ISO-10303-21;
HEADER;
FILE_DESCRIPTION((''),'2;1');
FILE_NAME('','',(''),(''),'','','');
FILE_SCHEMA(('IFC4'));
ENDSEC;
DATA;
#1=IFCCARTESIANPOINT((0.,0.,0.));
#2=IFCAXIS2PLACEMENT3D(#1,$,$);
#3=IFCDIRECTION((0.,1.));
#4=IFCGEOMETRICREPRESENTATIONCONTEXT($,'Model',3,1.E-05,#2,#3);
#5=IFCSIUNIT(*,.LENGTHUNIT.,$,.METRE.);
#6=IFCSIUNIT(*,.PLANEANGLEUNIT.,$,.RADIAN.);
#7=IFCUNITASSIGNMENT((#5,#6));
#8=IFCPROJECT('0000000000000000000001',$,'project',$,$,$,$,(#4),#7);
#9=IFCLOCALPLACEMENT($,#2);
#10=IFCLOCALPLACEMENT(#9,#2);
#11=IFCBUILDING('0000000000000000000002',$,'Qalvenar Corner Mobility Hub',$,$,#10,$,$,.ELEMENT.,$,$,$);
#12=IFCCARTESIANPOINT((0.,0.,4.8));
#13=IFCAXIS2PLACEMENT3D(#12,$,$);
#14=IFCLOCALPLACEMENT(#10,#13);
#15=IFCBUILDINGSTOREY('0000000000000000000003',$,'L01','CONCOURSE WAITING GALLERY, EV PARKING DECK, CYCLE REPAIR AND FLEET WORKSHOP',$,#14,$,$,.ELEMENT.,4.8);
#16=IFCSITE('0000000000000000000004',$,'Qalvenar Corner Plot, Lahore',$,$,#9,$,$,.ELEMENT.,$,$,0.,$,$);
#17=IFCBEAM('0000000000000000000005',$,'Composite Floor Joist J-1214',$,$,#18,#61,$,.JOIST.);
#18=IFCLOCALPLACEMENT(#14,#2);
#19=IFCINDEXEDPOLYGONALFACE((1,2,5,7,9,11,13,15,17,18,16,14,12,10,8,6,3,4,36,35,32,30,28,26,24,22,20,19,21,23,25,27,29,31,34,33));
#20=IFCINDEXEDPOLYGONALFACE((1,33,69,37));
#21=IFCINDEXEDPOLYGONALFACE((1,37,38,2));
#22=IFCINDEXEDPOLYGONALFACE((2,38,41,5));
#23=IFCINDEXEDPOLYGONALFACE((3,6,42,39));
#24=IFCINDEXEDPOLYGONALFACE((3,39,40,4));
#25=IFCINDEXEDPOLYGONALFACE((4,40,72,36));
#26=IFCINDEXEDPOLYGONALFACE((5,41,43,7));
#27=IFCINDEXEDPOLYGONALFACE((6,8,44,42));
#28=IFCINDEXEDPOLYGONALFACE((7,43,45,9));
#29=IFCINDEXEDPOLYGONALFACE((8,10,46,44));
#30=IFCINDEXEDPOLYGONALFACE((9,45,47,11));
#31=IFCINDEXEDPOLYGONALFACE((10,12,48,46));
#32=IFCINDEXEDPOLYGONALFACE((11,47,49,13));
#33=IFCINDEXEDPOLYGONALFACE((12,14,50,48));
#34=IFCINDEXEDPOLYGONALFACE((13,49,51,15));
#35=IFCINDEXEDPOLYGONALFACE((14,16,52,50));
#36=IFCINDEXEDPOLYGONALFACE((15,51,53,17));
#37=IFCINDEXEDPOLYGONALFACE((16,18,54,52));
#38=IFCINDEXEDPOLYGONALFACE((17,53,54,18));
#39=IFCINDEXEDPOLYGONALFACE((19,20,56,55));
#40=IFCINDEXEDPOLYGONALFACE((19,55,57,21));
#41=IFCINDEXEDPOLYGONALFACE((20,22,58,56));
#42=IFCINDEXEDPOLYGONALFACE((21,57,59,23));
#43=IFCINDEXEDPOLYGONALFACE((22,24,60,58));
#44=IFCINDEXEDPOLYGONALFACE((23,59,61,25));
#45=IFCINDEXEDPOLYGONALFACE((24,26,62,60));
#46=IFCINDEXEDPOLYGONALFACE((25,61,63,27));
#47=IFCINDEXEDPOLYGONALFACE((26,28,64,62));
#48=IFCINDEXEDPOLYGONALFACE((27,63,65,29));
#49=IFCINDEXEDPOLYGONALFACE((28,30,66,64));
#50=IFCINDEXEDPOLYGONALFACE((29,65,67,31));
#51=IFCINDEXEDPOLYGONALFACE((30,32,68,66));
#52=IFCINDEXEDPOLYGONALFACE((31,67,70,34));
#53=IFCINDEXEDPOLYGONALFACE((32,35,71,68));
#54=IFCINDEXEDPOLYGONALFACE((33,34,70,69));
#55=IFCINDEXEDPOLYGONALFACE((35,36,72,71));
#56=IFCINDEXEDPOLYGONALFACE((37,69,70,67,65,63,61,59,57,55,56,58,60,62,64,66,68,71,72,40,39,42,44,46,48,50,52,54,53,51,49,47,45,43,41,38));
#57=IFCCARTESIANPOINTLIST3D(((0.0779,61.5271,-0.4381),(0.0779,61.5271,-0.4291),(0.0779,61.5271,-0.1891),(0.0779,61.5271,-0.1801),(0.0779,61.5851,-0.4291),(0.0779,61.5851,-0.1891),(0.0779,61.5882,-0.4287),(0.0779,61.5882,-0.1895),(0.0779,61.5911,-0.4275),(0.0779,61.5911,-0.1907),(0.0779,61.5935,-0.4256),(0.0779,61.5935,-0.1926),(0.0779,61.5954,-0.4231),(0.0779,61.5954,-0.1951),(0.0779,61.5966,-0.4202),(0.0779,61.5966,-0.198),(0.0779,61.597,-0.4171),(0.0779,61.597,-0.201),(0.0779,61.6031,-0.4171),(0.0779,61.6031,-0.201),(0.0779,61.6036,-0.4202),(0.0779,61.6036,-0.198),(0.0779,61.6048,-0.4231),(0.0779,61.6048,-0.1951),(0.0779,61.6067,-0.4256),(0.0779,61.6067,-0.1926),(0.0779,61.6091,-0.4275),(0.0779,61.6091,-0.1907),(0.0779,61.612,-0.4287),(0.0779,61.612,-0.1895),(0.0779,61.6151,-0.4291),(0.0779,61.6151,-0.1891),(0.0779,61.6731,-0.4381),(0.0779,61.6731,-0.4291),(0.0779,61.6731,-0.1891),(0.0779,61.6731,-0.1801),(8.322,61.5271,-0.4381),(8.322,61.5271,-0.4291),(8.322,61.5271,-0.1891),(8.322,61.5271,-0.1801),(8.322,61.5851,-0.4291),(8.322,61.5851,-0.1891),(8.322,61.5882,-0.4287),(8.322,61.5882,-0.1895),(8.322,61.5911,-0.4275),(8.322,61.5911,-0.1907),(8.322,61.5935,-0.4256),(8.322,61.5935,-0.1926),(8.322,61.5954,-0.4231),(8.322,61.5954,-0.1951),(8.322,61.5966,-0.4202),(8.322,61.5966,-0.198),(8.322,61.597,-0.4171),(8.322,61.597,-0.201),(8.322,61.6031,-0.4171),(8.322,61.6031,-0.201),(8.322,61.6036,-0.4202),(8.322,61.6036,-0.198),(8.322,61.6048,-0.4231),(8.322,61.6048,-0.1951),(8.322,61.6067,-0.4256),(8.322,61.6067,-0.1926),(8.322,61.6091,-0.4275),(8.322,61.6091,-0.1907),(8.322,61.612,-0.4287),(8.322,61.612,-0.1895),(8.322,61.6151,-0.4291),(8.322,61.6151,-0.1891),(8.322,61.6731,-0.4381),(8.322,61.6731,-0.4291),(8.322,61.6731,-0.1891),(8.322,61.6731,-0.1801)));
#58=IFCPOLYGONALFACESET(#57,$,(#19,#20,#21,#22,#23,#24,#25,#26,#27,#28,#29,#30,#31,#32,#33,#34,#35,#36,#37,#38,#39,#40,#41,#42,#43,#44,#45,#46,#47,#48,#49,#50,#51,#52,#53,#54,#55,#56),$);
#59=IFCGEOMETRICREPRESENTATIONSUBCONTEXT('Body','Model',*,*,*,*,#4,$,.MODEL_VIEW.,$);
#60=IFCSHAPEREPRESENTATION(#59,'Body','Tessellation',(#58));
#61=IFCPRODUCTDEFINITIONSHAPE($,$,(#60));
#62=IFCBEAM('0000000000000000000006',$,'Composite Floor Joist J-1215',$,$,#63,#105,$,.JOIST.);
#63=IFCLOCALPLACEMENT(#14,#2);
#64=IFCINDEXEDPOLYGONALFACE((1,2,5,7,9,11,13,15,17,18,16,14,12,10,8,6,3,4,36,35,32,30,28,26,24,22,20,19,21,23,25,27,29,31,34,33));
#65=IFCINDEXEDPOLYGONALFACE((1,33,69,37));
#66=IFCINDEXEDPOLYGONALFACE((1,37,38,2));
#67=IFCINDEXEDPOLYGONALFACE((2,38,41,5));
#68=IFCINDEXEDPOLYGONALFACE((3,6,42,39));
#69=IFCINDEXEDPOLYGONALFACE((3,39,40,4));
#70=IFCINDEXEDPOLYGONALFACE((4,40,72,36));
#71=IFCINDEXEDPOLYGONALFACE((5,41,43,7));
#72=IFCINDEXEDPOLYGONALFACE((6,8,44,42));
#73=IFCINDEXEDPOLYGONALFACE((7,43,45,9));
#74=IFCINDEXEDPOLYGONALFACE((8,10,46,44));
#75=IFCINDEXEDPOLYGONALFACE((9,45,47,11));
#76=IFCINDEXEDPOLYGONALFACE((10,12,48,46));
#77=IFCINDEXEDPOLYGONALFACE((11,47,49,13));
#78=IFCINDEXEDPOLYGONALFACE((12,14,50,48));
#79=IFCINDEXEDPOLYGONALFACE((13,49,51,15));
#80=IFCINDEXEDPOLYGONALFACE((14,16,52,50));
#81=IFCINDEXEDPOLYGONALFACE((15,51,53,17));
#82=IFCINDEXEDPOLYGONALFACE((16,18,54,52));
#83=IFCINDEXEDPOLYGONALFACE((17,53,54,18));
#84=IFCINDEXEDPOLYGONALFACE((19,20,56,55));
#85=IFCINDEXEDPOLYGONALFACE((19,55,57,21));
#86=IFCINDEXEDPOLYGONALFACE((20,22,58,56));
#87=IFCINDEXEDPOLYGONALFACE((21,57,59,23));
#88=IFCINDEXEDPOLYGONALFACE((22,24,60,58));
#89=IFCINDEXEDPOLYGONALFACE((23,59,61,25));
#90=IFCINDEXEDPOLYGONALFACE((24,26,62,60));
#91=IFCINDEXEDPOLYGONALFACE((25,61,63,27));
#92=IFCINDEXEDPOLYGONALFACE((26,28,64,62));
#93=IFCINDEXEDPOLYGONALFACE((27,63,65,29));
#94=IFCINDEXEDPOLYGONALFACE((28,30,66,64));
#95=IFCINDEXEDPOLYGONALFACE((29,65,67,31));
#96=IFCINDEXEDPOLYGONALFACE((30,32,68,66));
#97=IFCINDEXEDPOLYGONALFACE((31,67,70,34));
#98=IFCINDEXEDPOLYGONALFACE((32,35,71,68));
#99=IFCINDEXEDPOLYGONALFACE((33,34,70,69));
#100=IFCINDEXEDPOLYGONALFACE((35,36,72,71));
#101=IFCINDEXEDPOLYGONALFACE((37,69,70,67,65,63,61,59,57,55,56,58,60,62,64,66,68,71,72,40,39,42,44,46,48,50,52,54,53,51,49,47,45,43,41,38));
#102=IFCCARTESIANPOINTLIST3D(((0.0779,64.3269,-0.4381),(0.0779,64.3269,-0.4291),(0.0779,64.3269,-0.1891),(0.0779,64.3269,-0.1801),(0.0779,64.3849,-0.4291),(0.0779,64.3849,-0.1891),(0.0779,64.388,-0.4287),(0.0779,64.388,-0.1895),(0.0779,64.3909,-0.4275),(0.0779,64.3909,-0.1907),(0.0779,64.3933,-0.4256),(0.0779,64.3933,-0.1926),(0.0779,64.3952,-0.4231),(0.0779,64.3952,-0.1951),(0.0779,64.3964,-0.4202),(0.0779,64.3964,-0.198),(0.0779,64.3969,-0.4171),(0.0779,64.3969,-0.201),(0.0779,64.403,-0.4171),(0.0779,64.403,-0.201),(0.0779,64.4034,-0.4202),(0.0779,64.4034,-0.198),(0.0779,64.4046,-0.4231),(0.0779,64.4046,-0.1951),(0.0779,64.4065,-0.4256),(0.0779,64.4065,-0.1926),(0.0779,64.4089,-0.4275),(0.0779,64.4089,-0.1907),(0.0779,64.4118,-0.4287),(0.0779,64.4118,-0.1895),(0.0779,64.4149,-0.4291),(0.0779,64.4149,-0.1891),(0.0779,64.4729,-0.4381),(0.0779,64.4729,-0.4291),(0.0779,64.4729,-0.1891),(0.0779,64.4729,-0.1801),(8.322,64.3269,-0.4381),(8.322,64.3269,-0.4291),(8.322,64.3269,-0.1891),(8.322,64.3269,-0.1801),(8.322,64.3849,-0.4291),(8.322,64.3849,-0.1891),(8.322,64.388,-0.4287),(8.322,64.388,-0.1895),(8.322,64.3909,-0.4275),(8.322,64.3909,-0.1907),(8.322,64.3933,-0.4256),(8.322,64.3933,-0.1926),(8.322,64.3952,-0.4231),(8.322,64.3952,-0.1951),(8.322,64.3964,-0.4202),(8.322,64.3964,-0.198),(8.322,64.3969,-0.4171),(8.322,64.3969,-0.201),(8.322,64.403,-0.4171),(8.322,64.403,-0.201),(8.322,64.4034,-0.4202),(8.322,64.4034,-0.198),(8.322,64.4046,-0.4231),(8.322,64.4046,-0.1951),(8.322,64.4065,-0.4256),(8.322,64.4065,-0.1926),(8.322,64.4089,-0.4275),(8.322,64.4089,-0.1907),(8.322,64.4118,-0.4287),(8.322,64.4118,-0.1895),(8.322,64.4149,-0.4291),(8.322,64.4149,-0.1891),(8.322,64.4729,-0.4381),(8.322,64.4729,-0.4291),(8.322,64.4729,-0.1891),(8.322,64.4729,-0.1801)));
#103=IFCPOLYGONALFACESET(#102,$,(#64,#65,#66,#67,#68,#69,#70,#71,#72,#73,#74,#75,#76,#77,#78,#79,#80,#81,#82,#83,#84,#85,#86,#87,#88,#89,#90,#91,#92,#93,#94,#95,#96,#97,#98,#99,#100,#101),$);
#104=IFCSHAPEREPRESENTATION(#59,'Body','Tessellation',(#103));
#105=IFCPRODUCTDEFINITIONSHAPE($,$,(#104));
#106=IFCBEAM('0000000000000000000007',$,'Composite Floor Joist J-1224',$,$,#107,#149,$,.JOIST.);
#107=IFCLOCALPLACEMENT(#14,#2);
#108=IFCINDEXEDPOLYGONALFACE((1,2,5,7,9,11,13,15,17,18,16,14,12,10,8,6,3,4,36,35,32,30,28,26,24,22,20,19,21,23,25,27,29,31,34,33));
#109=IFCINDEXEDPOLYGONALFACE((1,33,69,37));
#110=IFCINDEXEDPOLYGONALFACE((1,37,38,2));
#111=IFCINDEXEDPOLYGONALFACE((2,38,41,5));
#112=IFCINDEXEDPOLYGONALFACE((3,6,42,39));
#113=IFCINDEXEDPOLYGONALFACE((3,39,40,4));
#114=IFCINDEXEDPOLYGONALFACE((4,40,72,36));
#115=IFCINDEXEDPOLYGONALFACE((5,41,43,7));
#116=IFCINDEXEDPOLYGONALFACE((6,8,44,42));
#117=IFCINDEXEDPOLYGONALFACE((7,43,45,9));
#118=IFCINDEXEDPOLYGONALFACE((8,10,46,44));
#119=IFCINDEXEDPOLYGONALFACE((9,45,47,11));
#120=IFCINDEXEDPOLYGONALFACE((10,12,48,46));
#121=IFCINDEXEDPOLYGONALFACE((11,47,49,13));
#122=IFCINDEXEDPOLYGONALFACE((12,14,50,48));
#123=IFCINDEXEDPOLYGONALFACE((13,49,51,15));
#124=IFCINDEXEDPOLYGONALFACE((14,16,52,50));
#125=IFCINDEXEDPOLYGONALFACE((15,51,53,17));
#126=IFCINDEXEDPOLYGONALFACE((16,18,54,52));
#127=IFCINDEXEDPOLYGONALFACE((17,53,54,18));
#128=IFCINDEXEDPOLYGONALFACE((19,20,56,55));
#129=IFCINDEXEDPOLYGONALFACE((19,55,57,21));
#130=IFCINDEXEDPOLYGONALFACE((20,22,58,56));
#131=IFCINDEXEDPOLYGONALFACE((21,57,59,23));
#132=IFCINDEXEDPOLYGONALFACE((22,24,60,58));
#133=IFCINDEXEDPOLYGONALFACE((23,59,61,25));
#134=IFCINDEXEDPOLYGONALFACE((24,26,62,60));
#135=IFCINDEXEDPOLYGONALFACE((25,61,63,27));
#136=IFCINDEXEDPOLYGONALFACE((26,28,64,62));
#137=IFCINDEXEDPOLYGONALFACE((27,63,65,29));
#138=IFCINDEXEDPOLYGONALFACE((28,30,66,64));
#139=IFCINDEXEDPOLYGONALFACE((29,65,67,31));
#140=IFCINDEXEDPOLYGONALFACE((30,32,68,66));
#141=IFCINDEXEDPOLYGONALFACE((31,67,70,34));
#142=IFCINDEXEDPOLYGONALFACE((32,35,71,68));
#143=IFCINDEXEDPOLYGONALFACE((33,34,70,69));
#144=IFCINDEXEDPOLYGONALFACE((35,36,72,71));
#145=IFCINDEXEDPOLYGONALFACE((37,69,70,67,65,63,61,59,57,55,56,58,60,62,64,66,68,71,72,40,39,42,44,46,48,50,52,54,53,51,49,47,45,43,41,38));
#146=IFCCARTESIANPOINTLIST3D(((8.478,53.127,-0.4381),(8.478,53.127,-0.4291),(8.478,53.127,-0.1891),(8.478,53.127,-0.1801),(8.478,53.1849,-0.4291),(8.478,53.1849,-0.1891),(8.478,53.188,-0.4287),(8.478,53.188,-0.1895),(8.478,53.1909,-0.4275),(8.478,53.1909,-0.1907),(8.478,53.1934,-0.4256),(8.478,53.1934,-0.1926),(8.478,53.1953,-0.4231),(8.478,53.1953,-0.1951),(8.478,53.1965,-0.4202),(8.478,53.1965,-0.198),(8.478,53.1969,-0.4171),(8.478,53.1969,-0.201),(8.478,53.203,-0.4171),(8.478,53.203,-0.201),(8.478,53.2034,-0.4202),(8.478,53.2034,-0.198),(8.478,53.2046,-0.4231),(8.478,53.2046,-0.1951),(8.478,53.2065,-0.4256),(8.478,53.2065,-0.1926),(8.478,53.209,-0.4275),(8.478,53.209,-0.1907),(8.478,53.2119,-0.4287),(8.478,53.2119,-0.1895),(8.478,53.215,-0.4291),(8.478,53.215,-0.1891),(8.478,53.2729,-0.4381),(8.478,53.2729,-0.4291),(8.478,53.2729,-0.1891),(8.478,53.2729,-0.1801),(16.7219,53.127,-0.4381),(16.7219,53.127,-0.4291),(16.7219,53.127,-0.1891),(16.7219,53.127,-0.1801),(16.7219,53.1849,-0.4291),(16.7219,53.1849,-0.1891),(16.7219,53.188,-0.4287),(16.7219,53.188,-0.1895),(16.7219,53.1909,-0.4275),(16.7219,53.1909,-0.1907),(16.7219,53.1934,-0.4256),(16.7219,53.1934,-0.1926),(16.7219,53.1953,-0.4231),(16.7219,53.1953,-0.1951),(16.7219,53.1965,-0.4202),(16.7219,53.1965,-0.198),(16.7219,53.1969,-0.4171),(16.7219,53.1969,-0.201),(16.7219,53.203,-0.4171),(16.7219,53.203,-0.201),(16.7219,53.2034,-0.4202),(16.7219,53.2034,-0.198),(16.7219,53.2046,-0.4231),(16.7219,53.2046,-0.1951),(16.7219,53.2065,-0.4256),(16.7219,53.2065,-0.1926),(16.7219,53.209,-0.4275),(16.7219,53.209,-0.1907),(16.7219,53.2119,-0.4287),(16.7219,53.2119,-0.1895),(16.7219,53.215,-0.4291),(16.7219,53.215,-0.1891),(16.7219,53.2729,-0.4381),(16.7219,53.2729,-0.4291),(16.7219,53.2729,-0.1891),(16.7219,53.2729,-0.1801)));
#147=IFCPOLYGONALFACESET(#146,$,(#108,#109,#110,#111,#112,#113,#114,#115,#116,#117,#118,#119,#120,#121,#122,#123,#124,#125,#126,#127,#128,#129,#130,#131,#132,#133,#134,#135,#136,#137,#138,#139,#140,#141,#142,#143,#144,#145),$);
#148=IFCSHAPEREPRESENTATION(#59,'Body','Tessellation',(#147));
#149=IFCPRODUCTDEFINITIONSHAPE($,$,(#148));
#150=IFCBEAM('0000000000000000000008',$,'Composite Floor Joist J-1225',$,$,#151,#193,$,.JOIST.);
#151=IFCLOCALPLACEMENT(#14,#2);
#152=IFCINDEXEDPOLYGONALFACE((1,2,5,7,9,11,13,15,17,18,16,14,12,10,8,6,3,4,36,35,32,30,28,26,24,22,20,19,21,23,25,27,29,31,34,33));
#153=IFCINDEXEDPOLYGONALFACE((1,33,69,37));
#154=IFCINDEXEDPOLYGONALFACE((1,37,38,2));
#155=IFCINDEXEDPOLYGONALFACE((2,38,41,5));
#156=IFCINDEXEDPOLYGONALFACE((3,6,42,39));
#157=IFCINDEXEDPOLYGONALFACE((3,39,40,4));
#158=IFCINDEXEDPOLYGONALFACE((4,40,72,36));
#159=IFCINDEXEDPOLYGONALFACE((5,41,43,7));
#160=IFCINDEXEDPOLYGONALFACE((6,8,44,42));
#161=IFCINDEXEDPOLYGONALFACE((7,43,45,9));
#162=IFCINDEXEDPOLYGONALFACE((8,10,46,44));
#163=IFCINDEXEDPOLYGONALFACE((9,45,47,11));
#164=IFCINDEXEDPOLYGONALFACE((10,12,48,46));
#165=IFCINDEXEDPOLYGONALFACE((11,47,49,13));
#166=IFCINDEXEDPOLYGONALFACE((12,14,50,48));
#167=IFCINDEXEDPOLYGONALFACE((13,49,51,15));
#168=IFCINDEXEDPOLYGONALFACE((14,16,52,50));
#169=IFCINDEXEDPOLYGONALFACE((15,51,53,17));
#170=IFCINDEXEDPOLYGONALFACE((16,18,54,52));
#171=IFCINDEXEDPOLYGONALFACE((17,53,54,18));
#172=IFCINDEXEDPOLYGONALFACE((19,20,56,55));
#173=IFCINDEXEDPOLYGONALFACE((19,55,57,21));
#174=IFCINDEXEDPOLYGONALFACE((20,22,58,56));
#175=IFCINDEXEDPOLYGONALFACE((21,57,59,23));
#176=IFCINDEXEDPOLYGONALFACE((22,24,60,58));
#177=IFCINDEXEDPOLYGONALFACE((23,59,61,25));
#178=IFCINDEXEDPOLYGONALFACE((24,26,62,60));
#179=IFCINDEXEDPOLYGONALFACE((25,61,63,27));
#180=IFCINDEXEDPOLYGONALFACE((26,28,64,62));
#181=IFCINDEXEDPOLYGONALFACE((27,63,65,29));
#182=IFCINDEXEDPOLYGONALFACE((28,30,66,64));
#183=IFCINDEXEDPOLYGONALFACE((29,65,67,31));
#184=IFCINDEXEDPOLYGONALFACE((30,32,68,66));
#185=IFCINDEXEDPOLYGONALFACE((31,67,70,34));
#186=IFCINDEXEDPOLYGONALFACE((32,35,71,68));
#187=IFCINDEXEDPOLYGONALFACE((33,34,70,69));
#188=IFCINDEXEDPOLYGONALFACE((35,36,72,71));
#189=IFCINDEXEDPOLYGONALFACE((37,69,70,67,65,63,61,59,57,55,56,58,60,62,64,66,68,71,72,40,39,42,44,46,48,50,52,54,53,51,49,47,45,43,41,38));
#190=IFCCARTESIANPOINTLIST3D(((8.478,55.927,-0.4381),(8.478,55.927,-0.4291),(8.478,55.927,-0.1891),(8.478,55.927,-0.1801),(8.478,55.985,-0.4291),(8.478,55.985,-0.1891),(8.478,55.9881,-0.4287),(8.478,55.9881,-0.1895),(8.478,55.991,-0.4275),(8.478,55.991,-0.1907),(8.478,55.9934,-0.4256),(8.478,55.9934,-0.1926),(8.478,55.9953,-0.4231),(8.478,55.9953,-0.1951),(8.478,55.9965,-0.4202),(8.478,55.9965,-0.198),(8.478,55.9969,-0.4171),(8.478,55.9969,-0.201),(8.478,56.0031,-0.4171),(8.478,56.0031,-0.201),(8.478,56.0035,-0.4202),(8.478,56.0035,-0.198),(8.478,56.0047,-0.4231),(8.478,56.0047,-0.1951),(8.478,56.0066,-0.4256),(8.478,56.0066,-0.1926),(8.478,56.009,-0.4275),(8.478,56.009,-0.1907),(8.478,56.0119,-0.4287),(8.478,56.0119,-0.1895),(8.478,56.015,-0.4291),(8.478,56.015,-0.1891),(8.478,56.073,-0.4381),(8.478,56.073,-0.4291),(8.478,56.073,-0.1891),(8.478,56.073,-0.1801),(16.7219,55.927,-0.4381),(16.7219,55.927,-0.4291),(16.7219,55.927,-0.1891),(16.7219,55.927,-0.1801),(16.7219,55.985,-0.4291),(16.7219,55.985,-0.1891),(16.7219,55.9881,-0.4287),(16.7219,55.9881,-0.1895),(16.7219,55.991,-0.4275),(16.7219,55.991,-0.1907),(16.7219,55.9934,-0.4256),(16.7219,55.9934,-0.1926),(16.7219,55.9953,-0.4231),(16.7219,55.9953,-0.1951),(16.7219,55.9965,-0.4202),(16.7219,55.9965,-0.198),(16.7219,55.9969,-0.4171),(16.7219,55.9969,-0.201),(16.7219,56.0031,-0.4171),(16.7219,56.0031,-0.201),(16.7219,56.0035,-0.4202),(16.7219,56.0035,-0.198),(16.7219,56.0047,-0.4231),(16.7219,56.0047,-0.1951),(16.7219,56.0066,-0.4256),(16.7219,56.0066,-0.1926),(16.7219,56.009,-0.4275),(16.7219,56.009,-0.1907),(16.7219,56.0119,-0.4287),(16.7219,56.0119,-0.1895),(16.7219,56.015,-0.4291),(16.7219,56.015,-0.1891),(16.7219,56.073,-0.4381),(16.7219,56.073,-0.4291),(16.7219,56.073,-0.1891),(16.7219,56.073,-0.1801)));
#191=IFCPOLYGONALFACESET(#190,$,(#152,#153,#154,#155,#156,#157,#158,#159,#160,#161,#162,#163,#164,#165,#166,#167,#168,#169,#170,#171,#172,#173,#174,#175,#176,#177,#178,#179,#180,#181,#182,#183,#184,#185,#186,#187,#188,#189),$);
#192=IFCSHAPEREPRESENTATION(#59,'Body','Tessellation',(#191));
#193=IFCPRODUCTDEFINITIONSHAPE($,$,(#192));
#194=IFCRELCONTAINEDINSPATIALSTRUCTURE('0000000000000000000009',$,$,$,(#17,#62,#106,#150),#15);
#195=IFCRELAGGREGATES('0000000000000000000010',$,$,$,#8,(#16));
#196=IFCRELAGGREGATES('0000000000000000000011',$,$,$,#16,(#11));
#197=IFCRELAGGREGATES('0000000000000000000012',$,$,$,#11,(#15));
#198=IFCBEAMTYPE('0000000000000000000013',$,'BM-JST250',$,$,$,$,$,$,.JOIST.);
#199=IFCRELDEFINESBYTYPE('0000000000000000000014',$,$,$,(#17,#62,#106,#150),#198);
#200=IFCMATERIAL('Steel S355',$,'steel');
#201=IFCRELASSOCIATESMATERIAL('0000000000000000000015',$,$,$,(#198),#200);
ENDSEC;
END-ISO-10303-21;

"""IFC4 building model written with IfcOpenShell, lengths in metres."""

from ifc_helpers import new_model, si_unit, direction, frame, origin, origin_2d, place, context, subcontext, project, spatial, i_section, extrude, material, material_profile, profile_set, type_object, element, save


model = new_model("IFC4")

# Units and contexts
model_context = context("Model", 3, precision=1e-05, world=origin(), true_north=direction((0.0, 1.0)))
body_context = subcontext(model_context, "Body", "Model", "MODEL_VIEW")
ifc_project = project(units=[si_unit("LENGTHUNIT", "METRE"), si_unit("PLANEANGLEUNIT", "RADIAN")], contexts=[model_context])

# Site, building, storey
site_placement = place(None, origin())
site = spatial("IfcSite", under=ifc_project, at=site_placement, Name="Qalvenar Corner Plot, Lahore", CompositionType="ELEMENT", RefElevation=0.0)
building_placement = place(site_placement, origin())
building = spatial("IfcBuilding", under=site, at=building_placement, Name="Qalvenar Corner Mobility Hub", CompositionType="ELEMENT")
storey_placement = place(building_placement, frame((0.0, 0.0, 4.8)))
storey = spatial("IfcBuildingStorey", under=building, at=storey_placement, Name="L01", Description="CONCOURSE WAITING GALLERY, EV PARKING DECK, CYCLE REPAIR AND FLEET WORKSHOP", CompositionType="ELEMENT", Elevation=4.8)

# Beams
ifc_material_1 = material(Name="Steel S355", Category="steel")
ifc_material_profile_1 = material_profile(ifc_material_1, i_section(OverallWidth=0.146, OverallDepth=0.2581, WebThickness=0.0061, FlangeThickness=0.009, FilletRadius=0.012, at=origin_2d()), Name="W250x32.7")
ifc_profile_set_1 = profile_set([ifc_material_profile_1], Name="Steel S355")
beam_type_1 = type_object("IfcBeamType", Name="BM-JST250", PredefinedType="JOIST", material=ifc_profile_set_1)
for number, where, z_axis, x_axis, name in (
    (1, (0.0779, 61.6001, -0.3091), (1.0, 0.0, 0.0), (0.0, 1.0, 0.0), "Composite Floor Joist J-1214"),
    (2, (0.0779, 64.3999, -0.3091), (1.0, 0.0, 0.0), (0.0, 1.0, 0.0), "Composite Floor Joist J-1215"),
):
    element("IfcBeam", number, at=place(storey_placement, frame(where, z_axis=z_axis, x_axis=x_axis)), inside=storey, type_object=beam_type_1, Name=name, PredefinedType="JOIST", context=body_context, shape_type="SweptSolid", body=[
        extrude(i_section(OverallWidth=0.146, OverallDepth=0.2581, WebThickness=0.0061, FlangeThickness=0.009, FilletRadius=0.012, at=origin_2d()), origin(), (0.0, 0.0, 1.0), 8.2441),
    ])
for number, where, z_axis, x_axis, name in (
    (3, (8.478, 53.2, -0.3091), (1.0, 0.0, 0.0), (0.0, 1.0, 0.0), "Composite Floor Joist J-1224"),
    (4, (8.478, 56.0, -0.3091), (1.0, 0.0, 0.0), (0.0, 1.0, 0.0), "Composite Floor Joist J-1225"),
):
    element("IfcBeam", number, at=place(storey_placement, frame(where, z_axis=z_axis, x_axis=x_axis)), inside=storey, type_object=beam_type_1, Name=name, PredefinedType="JOIST", context=body_context, shape_type="SweptSolid", body=[
        extrude(i_section(OverallWidth=0.146, OverallDepth=0.2581, WebThickness=0.0061, FlangeThickness=0.009, FilletRadius=0.012, at=origin_2d()), origin(), (0.0, 0.0, 1.0), 8.2439),
    ])

save(model, "model.ifc")
